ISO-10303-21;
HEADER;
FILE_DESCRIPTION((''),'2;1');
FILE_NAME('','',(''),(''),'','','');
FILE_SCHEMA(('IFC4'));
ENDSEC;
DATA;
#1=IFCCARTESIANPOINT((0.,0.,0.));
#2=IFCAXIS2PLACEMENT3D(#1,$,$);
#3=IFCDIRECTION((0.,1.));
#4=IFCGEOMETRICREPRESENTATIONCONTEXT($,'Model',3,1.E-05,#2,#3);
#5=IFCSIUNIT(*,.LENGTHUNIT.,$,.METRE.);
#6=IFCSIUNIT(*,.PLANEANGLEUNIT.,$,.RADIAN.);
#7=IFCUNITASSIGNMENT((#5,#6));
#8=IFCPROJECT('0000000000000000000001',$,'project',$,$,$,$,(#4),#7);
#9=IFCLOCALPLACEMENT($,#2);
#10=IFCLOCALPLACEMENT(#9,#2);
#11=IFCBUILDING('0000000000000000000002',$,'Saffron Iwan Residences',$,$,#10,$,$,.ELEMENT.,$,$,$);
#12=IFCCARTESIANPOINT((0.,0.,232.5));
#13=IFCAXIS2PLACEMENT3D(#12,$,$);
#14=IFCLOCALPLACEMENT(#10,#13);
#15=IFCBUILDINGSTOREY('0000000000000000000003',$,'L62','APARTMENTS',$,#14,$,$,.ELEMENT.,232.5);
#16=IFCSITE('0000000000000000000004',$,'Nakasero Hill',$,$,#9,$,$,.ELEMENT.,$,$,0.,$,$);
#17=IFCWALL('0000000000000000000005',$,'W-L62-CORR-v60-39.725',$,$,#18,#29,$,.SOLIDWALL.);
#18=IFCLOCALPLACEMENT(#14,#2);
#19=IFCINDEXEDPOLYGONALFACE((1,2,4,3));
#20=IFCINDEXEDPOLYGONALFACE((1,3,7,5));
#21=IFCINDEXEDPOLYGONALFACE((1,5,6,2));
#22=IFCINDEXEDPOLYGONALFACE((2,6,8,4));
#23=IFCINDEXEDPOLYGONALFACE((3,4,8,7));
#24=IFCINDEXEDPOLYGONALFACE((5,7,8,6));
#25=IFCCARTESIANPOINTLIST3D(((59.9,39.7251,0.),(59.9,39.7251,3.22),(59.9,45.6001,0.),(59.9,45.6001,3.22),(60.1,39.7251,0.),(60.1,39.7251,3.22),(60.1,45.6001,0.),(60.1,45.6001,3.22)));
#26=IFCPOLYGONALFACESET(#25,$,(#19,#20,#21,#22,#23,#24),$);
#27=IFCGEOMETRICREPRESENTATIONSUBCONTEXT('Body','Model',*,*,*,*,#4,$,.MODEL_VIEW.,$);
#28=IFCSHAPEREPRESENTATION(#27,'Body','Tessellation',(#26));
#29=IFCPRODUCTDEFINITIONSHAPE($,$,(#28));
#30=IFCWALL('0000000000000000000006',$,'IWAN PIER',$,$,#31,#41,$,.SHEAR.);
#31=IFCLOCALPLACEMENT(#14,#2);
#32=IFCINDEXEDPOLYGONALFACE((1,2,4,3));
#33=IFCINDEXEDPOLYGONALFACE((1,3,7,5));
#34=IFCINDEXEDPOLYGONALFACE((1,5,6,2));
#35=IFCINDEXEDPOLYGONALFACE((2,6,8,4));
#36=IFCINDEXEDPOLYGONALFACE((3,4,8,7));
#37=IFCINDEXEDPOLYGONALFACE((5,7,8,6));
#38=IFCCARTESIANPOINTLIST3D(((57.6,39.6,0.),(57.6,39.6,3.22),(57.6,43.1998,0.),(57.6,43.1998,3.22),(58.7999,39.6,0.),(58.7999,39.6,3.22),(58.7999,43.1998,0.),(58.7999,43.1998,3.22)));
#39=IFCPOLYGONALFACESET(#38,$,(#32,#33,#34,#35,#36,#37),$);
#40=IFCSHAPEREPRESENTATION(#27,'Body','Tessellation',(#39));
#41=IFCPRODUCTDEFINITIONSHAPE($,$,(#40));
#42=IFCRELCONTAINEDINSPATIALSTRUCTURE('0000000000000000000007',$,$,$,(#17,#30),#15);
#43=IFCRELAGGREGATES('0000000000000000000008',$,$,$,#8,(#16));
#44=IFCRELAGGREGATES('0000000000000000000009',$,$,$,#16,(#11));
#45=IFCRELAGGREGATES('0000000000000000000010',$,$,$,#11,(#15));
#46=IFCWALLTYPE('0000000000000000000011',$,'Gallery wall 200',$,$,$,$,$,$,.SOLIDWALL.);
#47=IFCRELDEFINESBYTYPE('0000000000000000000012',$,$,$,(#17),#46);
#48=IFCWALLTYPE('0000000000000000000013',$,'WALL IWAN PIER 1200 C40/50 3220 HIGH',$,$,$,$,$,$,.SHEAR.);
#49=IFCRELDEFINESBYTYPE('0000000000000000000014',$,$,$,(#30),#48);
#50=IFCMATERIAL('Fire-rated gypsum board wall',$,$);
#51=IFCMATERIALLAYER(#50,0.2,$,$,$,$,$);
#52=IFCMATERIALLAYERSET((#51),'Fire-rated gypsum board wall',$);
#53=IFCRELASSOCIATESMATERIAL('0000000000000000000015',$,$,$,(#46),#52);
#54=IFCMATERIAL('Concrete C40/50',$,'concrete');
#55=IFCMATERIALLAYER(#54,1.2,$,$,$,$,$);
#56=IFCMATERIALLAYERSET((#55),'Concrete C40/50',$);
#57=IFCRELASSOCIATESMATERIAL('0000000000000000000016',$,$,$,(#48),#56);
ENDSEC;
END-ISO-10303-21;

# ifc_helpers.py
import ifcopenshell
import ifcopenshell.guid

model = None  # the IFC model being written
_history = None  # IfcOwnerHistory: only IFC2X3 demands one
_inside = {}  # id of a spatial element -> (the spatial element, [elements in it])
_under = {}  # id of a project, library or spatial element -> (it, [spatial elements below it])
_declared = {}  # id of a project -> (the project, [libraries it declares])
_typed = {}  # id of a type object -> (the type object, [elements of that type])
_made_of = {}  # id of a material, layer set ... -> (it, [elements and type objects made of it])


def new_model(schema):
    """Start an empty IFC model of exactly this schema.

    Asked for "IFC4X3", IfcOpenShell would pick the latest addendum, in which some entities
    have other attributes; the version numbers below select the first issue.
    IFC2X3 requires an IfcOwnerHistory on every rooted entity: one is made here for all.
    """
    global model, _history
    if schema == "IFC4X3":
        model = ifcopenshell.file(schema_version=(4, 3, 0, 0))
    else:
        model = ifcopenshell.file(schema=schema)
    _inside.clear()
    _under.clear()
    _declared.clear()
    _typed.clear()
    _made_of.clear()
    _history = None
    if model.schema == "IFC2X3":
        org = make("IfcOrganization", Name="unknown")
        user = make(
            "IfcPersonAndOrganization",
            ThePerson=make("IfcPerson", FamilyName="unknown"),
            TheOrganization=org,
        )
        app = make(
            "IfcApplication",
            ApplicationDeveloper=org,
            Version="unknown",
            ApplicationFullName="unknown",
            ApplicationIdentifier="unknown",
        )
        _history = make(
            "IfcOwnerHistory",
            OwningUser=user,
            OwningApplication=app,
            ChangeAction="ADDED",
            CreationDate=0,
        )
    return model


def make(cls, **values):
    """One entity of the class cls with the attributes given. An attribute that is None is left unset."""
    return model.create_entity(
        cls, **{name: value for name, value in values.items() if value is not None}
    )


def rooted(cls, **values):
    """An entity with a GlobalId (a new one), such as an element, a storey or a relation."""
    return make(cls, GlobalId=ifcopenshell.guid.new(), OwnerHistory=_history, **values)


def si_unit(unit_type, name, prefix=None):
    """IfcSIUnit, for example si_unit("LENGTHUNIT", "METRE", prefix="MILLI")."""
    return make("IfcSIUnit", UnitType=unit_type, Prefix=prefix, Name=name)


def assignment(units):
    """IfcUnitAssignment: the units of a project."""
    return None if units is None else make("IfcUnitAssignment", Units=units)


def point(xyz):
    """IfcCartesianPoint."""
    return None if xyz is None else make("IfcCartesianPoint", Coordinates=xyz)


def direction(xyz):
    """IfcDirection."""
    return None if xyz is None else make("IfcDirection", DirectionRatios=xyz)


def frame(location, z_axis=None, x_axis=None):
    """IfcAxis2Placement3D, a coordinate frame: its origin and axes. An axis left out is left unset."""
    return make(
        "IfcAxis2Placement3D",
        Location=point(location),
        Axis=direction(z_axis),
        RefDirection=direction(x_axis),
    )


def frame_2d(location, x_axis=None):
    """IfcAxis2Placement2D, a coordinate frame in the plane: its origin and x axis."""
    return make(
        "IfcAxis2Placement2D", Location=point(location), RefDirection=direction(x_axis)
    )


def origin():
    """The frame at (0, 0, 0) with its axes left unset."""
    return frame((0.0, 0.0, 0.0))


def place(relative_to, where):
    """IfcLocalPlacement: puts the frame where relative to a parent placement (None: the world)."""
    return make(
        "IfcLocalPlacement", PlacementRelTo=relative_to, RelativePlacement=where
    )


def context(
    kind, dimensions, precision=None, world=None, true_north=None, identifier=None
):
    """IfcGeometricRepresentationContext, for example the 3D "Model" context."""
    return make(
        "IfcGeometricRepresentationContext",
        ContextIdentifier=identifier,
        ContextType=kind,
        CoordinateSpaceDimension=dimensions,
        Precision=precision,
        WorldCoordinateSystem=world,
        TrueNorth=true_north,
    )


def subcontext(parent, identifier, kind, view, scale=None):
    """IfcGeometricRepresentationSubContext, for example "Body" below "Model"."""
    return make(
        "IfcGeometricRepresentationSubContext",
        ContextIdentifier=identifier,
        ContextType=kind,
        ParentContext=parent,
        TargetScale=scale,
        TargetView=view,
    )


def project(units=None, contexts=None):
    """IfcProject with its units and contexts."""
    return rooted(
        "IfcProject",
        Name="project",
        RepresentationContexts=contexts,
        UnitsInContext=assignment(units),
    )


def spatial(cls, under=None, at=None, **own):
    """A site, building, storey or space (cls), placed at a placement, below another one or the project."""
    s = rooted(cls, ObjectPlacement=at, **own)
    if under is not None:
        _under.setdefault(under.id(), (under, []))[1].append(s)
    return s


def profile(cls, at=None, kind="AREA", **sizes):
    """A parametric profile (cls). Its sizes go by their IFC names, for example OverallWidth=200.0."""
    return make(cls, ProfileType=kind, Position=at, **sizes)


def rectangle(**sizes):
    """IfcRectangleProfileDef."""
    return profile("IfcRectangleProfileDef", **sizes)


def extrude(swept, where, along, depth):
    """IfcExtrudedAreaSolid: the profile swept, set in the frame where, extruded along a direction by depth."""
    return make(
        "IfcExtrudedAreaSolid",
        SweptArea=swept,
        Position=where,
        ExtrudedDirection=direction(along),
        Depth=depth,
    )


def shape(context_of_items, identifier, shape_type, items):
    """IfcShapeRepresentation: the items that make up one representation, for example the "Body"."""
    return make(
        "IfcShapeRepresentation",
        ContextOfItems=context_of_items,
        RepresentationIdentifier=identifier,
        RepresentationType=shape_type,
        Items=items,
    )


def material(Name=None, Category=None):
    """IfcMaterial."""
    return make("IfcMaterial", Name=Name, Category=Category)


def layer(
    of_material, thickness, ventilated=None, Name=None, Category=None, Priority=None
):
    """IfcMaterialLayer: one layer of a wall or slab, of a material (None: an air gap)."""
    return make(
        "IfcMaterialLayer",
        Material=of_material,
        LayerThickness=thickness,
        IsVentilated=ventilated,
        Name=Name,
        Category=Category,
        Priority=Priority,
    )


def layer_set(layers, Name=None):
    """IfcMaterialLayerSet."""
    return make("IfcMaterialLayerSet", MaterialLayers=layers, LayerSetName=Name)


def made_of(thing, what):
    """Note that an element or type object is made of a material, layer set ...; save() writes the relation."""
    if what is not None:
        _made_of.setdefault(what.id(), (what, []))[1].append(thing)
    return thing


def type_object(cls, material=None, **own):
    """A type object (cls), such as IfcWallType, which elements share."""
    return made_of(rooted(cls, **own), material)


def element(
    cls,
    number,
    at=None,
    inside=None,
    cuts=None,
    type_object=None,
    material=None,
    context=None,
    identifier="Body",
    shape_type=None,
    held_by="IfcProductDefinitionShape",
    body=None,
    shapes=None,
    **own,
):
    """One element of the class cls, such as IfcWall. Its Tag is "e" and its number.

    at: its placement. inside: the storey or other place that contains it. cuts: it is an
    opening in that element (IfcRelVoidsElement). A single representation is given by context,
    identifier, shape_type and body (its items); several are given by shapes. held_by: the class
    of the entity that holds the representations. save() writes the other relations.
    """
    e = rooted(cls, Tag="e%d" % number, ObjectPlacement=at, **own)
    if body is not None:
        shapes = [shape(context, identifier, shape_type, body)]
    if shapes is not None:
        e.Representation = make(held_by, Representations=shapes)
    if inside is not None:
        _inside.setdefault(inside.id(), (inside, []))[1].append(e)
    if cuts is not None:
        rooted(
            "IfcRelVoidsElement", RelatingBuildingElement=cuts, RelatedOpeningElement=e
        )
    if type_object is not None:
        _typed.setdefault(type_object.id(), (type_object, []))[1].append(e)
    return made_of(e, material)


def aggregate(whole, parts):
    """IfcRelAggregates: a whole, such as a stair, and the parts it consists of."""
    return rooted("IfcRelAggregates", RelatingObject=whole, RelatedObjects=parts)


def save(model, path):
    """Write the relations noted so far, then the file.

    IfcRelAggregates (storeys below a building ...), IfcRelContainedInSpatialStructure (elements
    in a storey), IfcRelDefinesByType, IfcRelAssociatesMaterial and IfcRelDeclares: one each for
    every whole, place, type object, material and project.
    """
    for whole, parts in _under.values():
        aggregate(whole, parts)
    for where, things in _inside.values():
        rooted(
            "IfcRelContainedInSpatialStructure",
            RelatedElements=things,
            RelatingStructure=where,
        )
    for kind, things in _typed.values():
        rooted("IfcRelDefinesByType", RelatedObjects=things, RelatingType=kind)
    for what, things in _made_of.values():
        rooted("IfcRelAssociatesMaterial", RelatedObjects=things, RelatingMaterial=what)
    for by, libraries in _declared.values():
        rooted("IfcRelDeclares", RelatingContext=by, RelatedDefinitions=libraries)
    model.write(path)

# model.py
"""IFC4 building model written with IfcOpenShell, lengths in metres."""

from ifc_helpers import new_model, si_unit, direction, frame, frame_2d, origin, place, context, subcontext, project, spatial, rectangle, extrude, material, layer, layer_set, type_object, element, save


model = new_model("IFC4")

# Units and contexts
model_context = context("Model", 3, precision=1e-05, world=origin(), true_north=direction((0.0, 1.0)))
body_context = subcontext(model_context, "Body", "Model", "MODEL_VIEW")
ifc_project = project(units=[si_unit("LENGTHUNIT", "METRE"), si_unit("PLANEANGLEUNIT", "RADIAN")], contexts=[model_context])

# Site, building, storey
site_placement = place(None, origin())
site = spatial("IfcSite", under=ifc_project, at=site_placement, Name="Nakasero Hill", CompositionType="ELEMENT", RefElevation=0.0)
building_placement = place(site_placement, origin())
building = spatial("IfcBuilding", under=site, at=building_placement, Name="Saffron Iwan Residences", CompositionType="ELEMENT")
storey_placement = place(building_placement, frame((0.0, 0.0, 232.5)))
storey = spatial("IfcBuildingStorey", under=building, at=storey_placement, Name="L62", Description="APARTMENTS", CompositionType="ELEMENT", Elevation=232.5)

# Shared definitions
ifc_material_1 = material(Name="Concrete C40/50", Category="concrete")

# Walls
ifc_material_2 = material(Name="Fire-rated gypsum board wall")
ifc_layer_1 = layer(ifc_material_2, 0.2)
ifc_layer_set_1 = layer_set([ifc_layer_1], Name="Fire-rated gypsum board wall")
wall_type_1 = type_object("IfcWallType", Name="Gallery wall 200", PredefinedType="SOLIDWALL", material=ifc_layer_set_1)
wall_1_placement = place(storey_placement, frame((60.0, 39.7251, 0.0), z_axis=(0.0, 0.0, 1.0), x_axis=(0.0, 1.0, 0.0)))
element("IfcWall", 1, at=wall_1_placement, inside=storey, type_object=wall_type_1, Name="W-L62-CORR-v60-39.725", PredefinedType="SOLIDWALL", context=body_context, shape_type="SweptSolid", body=[
    extrude(rectangle(XDim=5.875, YDim=0.2, at=frame_2d((2.9375, 0.0))), origin(), (0.0, 0.0, 1.0), 3.22),
])
ifc_layer_2 = layer(ifc_material_1, 1.2)
ifc_layer_set_2 = layer_set([ifc_layer_2], Name="Concrete C40/50")
wall_type_2 = type_object("IfcWallType", Name="WALL IWAN PIER 1200 C40/50 3220 HIGH", PredefinedType="SHEAR", material=ifc_layer_set_2)
wall_2_placement = place(storey_placement, frame((58.2, 39.6001, 0.0), z_axis=(0.0, 0.0, 1.0), x_axis=(0.0, 1.0, 0.0)))
element("IfcWall", 2, at=wall_2_placement, inside=storey, type_object=wall_type_2, Name="IWAN PIER", PredefinedType="SHEAR", context=body_context, shape_type="SweptSolid", body=[
    extrude(rectangle(XDim=3.5999, YDim=1.2, at=frame_2d((1.7998, 0.0))), origin(), (0.0, 0.0, 1.0), 3.22),
])

save(model, "model.ifc")
